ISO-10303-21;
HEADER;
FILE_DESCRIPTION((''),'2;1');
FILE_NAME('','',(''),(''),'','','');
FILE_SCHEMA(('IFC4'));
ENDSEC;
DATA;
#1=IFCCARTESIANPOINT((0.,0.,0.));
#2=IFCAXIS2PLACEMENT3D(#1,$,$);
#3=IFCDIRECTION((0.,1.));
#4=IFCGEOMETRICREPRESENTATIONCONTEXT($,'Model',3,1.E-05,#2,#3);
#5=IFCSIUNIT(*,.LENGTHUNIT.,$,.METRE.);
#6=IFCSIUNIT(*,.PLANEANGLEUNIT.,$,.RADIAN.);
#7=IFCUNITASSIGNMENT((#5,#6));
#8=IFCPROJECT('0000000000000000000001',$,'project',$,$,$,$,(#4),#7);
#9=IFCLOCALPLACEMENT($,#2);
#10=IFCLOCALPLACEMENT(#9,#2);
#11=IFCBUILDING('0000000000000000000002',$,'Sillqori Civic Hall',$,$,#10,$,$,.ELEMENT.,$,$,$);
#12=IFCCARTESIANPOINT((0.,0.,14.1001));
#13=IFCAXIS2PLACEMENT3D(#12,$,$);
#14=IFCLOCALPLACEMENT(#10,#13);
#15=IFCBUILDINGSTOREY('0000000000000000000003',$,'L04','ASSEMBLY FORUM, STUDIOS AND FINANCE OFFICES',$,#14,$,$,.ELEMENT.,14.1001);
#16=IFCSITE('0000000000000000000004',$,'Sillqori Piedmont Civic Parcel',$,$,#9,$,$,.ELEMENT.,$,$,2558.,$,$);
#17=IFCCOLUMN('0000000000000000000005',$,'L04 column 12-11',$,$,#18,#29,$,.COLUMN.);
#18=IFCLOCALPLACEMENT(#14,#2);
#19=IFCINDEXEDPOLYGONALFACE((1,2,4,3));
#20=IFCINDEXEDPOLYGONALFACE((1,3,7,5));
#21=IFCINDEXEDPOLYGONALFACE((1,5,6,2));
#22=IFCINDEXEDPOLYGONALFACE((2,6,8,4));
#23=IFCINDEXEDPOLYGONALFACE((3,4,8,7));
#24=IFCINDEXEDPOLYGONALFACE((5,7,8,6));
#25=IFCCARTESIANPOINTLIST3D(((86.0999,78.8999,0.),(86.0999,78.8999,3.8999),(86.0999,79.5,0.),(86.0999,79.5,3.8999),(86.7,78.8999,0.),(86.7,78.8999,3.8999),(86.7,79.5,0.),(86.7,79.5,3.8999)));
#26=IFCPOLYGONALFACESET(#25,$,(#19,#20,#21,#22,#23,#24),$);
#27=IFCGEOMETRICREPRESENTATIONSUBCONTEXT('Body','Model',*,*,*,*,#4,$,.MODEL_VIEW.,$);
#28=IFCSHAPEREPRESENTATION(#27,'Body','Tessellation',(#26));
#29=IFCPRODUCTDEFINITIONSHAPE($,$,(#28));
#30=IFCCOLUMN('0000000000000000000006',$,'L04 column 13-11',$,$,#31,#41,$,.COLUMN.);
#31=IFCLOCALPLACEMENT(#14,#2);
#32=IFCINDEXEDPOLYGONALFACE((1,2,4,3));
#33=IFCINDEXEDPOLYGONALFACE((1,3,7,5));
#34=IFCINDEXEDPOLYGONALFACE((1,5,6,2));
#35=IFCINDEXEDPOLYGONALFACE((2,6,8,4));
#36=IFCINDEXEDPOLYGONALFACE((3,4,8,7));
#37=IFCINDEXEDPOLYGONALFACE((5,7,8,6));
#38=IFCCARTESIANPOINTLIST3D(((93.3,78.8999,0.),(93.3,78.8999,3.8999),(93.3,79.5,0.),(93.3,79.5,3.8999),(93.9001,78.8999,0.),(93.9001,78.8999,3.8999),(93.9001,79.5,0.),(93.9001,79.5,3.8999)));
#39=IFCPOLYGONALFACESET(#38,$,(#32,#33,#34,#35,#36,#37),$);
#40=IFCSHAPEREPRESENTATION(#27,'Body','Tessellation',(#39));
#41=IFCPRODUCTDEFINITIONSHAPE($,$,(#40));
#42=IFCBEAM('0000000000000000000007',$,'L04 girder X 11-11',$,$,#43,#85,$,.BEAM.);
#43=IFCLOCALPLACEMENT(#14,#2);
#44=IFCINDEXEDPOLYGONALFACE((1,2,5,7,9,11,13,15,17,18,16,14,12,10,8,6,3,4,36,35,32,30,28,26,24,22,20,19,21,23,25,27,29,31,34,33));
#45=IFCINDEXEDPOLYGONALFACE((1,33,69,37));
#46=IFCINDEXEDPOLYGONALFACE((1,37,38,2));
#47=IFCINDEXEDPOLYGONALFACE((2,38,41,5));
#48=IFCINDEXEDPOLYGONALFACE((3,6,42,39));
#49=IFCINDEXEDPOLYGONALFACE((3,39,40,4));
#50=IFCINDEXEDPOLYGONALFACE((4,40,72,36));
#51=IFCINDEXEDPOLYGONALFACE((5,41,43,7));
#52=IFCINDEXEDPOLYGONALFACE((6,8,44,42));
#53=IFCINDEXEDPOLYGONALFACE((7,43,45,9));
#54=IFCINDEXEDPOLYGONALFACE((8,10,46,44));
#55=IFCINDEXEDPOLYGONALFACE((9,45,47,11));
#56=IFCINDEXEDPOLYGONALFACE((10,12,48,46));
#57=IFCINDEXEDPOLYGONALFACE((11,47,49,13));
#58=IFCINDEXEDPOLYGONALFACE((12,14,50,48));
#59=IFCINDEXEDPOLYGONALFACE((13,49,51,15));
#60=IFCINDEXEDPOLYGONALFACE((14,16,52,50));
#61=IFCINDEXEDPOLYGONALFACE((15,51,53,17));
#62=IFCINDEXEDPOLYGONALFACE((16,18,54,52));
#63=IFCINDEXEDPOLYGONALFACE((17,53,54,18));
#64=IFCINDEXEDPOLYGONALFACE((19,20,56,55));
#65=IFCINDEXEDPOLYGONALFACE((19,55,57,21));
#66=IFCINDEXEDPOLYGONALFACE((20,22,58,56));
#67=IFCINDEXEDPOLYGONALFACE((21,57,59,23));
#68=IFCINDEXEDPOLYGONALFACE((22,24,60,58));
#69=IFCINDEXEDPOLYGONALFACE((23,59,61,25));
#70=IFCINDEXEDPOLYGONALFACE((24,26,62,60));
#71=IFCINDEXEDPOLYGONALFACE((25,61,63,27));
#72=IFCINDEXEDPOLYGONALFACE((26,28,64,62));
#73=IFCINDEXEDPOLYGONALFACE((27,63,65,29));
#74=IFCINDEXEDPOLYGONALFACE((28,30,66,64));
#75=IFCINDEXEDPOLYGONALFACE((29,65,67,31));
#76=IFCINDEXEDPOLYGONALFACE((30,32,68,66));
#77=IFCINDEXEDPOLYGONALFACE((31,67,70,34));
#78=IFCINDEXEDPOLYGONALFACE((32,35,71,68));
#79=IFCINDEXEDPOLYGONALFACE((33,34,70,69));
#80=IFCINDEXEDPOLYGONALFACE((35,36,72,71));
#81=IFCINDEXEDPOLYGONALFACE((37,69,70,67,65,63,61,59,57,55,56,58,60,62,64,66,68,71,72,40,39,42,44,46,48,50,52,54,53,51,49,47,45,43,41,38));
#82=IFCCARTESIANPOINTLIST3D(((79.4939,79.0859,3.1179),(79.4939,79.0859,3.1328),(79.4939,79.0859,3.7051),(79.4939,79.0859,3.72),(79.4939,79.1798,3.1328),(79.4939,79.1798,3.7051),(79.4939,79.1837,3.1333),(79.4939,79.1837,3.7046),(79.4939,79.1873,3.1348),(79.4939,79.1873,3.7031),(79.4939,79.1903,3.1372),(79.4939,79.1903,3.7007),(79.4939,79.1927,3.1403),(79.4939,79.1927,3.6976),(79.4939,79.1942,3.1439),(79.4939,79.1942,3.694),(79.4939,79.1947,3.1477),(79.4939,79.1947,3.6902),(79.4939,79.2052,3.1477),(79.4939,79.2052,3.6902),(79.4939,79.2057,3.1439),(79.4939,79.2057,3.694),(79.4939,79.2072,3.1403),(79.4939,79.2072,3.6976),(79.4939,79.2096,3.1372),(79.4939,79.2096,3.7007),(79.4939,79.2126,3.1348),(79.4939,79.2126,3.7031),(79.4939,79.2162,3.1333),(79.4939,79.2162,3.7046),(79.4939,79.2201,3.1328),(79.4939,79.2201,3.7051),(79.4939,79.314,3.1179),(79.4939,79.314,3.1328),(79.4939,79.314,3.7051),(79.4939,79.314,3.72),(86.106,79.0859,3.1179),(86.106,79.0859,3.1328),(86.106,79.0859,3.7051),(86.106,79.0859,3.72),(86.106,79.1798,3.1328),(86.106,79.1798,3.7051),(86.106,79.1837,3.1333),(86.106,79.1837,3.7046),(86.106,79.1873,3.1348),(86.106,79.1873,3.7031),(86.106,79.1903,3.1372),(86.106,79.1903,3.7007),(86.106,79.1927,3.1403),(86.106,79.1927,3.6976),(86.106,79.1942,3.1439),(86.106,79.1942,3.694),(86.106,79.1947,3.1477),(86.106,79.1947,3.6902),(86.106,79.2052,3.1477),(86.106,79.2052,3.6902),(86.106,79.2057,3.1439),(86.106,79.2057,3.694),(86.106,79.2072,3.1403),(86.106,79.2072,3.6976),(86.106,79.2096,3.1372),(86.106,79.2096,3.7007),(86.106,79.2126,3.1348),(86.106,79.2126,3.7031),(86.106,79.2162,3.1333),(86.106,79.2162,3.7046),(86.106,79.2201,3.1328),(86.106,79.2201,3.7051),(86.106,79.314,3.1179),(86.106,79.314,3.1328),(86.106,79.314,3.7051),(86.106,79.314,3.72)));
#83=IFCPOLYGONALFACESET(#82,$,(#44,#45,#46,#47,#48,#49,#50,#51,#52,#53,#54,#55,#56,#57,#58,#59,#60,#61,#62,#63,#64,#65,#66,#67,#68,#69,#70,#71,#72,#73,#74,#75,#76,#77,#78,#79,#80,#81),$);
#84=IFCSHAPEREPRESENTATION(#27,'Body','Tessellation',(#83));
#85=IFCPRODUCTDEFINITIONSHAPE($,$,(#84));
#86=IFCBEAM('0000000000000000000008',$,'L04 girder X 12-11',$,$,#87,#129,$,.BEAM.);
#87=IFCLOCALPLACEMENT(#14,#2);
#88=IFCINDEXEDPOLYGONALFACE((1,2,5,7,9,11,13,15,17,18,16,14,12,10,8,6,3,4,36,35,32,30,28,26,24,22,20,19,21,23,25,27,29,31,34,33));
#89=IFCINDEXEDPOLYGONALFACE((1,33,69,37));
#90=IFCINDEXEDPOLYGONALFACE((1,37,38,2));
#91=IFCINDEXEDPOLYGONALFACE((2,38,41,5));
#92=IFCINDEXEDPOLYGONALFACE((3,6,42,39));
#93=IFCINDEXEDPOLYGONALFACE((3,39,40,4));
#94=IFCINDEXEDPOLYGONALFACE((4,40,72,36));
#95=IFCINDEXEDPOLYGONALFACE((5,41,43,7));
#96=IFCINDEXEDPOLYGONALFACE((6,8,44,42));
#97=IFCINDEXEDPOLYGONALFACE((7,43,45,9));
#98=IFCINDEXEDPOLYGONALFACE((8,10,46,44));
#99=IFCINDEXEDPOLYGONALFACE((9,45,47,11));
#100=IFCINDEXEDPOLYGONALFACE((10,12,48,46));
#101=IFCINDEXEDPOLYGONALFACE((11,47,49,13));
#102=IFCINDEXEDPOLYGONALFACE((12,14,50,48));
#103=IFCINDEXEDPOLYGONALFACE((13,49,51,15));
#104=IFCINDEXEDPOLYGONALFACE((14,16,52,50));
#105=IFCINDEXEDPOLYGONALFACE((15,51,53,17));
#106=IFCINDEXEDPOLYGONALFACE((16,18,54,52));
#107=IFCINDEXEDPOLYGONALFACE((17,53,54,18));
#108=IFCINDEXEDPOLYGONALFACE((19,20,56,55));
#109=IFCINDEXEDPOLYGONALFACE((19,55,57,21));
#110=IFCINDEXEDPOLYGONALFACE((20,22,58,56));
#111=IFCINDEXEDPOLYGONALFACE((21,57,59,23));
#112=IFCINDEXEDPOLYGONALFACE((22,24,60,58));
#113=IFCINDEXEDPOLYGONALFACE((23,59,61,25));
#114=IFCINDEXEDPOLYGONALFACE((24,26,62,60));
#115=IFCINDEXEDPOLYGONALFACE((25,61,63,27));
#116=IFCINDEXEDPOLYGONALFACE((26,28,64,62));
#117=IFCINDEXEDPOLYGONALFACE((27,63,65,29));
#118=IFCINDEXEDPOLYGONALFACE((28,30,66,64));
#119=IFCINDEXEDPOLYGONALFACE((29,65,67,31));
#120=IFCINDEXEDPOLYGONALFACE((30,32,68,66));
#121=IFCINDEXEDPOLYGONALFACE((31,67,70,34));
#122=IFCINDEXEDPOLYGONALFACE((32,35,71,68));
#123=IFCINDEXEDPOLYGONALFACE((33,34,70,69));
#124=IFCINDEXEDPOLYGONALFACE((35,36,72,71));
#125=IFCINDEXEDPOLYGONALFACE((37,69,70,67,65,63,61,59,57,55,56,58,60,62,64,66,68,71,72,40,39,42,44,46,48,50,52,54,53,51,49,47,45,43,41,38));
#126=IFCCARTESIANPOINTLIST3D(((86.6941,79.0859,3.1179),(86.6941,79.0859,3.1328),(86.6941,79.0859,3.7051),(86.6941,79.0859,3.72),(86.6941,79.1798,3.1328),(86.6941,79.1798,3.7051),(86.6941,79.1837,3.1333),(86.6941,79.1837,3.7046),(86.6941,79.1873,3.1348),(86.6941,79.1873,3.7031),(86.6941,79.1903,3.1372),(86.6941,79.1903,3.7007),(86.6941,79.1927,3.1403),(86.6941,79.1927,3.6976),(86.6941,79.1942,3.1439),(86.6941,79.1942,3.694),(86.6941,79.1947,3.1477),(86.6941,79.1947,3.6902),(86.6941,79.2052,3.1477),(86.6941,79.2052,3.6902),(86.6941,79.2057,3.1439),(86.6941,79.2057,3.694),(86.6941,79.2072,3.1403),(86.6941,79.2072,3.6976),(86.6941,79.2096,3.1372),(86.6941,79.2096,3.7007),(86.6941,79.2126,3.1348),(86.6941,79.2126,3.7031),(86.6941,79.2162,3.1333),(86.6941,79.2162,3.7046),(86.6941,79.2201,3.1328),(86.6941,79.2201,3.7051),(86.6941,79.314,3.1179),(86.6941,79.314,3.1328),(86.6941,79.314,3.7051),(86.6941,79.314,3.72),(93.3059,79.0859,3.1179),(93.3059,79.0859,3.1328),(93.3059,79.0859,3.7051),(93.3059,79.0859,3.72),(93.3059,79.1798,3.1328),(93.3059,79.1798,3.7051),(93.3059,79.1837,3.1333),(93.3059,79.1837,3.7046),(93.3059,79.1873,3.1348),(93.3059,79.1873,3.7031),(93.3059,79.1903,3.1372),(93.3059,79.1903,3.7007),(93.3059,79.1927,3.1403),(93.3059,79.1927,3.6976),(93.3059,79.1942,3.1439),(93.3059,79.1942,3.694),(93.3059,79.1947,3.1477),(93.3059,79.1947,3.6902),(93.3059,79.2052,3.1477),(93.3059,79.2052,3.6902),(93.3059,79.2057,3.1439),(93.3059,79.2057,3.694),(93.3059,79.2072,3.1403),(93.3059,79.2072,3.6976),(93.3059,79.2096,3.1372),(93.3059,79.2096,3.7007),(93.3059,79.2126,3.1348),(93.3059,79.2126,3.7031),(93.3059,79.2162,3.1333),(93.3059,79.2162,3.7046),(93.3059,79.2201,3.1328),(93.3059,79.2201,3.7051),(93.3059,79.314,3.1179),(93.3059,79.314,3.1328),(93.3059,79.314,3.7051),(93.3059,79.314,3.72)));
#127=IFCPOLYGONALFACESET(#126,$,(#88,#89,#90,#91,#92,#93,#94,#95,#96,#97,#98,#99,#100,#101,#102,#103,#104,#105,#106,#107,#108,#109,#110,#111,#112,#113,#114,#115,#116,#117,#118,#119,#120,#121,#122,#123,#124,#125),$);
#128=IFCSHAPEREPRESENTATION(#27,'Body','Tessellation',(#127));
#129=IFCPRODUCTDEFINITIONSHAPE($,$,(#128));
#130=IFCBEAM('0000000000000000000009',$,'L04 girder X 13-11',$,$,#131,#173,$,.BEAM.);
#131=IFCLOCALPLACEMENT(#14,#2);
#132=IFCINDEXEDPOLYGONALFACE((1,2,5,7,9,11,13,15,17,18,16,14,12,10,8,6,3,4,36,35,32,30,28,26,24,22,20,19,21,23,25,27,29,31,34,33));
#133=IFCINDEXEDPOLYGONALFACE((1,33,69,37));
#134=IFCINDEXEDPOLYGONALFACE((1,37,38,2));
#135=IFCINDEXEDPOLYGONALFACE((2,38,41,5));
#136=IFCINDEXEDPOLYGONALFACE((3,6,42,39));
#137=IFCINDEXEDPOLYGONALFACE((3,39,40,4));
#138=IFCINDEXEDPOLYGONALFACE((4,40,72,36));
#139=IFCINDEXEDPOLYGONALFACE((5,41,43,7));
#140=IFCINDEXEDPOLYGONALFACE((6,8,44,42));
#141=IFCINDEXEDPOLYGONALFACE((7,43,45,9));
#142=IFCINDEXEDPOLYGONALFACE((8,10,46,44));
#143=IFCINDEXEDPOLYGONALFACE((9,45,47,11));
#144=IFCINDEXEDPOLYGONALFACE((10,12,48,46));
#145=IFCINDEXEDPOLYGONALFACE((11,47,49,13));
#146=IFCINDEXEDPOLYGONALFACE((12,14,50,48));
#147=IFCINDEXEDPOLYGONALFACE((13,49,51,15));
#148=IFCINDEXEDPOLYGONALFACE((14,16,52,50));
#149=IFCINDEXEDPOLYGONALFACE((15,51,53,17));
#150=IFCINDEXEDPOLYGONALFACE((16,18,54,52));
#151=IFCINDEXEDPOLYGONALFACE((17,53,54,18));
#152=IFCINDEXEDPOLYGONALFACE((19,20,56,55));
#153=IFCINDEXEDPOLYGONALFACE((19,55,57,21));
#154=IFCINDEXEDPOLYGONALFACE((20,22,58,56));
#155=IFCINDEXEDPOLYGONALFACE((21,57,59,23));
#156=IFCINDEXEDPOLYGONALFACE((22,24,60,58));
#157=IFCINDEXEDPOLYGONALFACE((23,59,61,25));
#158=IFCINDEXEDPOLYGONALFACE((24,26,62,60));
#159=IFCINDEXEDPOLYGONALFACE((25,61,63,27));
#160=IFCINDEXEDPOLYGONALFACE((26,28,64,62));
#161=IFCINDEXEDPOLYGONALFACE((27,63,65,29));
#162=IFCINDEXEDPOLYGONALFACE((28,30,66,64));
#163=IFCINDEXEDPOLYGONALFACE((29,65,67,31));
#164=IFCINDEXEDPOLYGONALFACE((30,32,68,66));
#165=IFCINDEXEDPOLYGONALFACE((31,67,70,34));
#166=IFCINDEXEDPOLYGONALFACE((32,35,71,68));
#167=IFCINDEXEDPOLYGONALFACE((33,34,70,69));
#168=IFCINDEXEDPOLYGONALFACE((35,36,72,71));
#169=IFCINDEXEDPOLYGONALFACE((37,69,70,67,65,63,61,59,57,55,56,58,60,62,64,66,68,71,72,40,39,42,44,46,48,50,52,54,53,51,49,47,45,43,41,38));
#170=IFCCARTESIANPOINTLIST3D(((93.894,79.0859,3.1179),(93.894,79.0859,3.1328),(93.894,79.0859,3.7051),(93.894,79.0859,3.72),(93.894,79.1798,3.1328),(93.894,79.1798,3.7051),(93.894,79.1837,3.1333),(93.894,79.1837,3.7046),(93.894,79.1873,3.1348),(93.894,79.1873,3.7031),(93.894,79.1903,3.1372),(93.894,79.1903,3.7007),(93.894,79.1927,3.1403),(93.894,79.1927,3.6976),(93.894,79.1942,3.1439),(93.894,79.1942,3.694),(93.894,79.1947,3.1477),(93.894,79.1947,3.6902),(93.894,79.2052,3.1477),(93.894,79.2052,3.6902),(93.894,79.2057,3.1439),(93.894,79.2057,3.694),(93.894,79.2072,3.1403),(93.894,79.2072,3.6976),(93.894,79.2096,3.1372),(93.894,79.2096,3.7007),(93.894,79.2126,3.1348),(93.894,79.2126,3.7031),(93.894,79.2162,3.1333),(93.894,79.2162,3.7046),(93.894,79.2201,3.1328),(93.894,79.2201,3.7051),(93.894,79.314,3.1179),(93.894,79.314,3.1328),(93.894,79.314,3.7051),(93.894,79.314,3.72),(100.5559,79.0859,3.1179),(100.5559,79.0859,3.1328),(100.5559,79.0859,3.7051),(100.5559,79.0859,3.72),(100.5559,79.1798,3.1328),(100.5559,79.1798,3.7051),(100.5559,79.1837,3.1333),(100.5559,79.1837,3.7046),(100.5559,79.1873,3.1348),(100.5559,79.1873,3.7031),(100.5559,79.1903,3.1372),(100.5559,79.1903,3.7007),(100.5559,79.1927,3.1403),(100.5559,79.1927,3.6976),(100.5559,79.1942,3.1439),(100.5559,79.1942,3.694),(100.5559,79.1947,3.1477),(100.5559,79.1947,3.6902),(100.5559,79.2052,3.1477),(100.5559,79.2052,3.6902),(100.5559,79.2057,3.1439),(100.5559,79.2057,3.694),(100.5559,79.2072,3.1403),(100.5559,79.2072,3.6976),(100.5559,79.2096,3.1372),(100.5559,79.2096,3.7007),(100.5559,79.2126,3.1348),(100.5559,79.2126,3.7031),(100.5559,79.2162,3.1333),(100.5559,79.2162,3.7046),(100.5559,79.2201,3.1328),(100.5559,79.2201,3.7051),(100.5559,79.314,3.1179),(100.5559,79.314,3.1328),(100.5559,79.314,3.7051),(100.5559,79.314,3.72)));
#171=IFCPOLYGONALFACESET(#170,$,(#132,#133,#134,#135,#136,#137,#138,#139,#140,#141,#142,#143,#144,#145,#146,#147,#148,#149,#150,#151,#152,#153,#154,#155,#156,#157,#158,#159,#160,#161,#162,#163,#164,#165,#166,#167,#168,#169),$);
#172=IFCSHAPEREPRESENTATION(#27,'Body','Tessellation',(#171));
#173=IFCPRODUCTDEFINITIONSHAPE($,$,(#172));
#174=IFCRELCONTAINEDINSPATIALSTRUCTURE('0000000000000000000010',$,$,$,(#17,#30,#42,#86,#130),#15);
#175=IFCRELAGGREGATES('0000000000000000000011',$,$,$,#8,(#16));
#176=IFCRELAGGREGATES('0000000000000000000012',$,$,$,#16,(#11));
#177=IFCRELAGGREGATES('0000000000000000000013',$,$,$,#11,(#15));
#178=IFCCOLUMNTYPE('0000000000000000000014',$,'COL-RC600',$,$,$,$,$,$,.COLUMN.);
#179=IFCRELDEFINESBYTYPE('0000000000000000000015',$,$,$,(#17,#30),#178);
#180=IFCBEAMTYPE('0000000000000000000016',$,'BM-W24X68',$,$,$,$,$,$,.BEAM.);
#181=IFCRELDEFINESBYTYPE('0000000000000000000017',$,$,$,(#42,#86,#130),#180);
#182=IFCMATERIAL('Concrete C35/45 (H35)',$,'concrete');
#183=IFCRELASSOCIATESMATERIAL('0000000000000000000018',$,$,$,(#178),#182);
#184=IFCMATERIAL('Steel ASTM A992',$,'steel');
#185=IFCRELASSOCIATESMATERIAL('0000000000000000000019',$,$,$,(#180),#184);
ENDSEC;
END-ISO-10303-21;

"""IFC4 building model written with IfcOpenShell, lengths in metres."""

from ifc_helpers import new_model, si_unit, direction, frame, origin, origin_2d, place, context, subcontext, project, spatial, rectangle, i_section, extrude, material, material_profile, profile_set, type_object, element, save


model = new_model("IFC4")

# Units and contexts
model_context = context("Model", 3, precision=1e-05, world=origin(), true_north=direction((0.0, 1.0)))
body_context = subcontext(model_context, "Body", "Model", "MODEL_VIEW")
ifc_project = project(units=[si_unit("LENGTHUNIT", "METRE"), si_unit("PLANEANGLEUNIT", "RADIAN")], contexts=[model_context])

# Site, building, storey
site_placement = place(None, origin())
site = spatial("IfcSite", under=ifc_project, at=site_placement, Name="Sillqori Piedmont Civic Parcel", CompositionType="ELEMENT", RefElevation=2558.0)
building_placement = place(site_placement, origin())
building = spatial("IfcBuilding", under=site, at=building_placement, Name="Sillqori Civic Hall", CompositionType="ELEMENT")
storey_placement = place(building_placement, frame((0.0, 0.0, 14.1001)))
storey = spatial("IfcBuildingStorey", under=building, at=storey_placement, Name="L04", Description="ASSEMBLY FORUM, STUDIOS AND FINANCE OFFICES", CompositionType="ELEMENT", Elevation=14.1001)

# Columns
ifc_material_1 = material(Name="Concrete C35/45 (H35)", Category="concrete")
ifc_material_profile_1 = material_profile(ifc_material_1, rectangle(XDim=0.6001, YDim=0.6001, at=origin_2d()), Name="RC 600x600")
ifc_profile_set_1 = profile_set([ifc_material_profile_1], Name="Concrete C35/45 (H35)")
column_type = type_object("IfcColumnType", Name="COL-RC600", PredefinedType="COLUMN", material=ifc_profile_set_1)
for number, where, z_axis, x_axis, name in (
    (1, (86.3999, 79.2, 0.0), (0.0, 0.0, 1.0), (1.0, 0.0, 0.0), "L04 column 12-11"),
    (2, (93.6001, 79.2, 0.0), (0.0, 0.0, 1.0), (1.0, 0.0, 0.0), "L04 column 13-11"),
):
    element("IfcColumn", number, at=place(storey_placement, frame(where, z_axis=z_axis, x_axis=x_axis)), inside=storey, type_object=column_type, Name=name, PredefinedType="COLUMN", context=body_context, shape_type="SweptSolid", body=[
        extrude(rectangle(XDim=0.6001, YDim=0.6001, at=origin_2d()), origin(), (0.0, 0.0, 1.0), 3.8999),
    ])

# Beams
ifc_material_2 = material(Name="Steel ASTM A992", Category="steel")
ifc_material_profile_2 = material_profile(ifc_material_2, i_section(OverallWidth=0.228, OverallDepth=0.6021, WebThickness=0.0105, FlangeThickness=0.0149, FilletRadius=0.0149, at=origin_2d()), Name="W24X68")
ifc_profile_set_2 = profile_set([ifc_material_profile_2], Name="Steel ASTM A992")
beam_type_1 = type_object("IfcBeamType", Name="BM-W24X68", PredefinedType="BEAM", material=ifc_profile_set_2)
beam_1_placement = place(storey_placement, frame((79.4939, 79.2, 3.4189), z_axis=(1.0, 0.0, 0.0), x_axis=(0.0, 1.0, 0.0)))
element("IfcBeam", 3, at=beam_1_placement, inside=storey, type_object=beam_type_1, Name="L04 girder X 11-11", PredefinedType="BEAM", context=body_context, shape_type="SweptSolid", body=[
    extrude(i_section(OverallWidth=0.228, OverallDepth=0.6021, WebThickness=0.0105, FlangeThickness=0.0149, FilletRadius=0.0149, at=origin_2d()), origin(), (0.0, 0.0, 1.0), 6.6121),
])
beam_2_placement = place(storey_placement, frame((86.6941, 79.2, 3.4189), z_axis=(1.0, 0.0, 0.0), x_axis=(0.0, 1.0, 0.0)))
element("IfcBeam", 4, at=beam_2_placement, inside=storey, type_object=beam_type_1, Name="L04 girder X 12-11", PredefinedType="BEAM", context=body_context, shape_type="SweptSolid", body=[
    extrude(i_section(OverallWidth=0.228, OverallDepth=0.6021, WebThickness=0.0105, FlangeThickness=0.0149, FilletRadius=0.0149, at=origin_2d()), origin(), (0.0, 0.0, 1.0), 6.6118),
])
beam_3_placement = place(storey_placement, frame((93.894, 79.2, 3.4189), z_axis=(1.0, 0.0, 0.0), x_axis=(0.0, 1.0, 0.0)))
element("IfcBeam", 5, at=beam_3_placement, inside=storey, type_object=beam_type_1, Name="L04 girder X 13-11", PredefinedType="BEAM", context=body_context, shape_type="SweptSolid", body=[
    extrude(i_section(OverallWidth=0.228, OverallDepth=0.6021, WebThickness=0.0105, FlangeThickness=0.0149, FilletRadius=0.0149, at=origin_2d()), origin(), (0.0, 0.0, 1.0), 6.6619),
])

save(model, "model.ifc")
